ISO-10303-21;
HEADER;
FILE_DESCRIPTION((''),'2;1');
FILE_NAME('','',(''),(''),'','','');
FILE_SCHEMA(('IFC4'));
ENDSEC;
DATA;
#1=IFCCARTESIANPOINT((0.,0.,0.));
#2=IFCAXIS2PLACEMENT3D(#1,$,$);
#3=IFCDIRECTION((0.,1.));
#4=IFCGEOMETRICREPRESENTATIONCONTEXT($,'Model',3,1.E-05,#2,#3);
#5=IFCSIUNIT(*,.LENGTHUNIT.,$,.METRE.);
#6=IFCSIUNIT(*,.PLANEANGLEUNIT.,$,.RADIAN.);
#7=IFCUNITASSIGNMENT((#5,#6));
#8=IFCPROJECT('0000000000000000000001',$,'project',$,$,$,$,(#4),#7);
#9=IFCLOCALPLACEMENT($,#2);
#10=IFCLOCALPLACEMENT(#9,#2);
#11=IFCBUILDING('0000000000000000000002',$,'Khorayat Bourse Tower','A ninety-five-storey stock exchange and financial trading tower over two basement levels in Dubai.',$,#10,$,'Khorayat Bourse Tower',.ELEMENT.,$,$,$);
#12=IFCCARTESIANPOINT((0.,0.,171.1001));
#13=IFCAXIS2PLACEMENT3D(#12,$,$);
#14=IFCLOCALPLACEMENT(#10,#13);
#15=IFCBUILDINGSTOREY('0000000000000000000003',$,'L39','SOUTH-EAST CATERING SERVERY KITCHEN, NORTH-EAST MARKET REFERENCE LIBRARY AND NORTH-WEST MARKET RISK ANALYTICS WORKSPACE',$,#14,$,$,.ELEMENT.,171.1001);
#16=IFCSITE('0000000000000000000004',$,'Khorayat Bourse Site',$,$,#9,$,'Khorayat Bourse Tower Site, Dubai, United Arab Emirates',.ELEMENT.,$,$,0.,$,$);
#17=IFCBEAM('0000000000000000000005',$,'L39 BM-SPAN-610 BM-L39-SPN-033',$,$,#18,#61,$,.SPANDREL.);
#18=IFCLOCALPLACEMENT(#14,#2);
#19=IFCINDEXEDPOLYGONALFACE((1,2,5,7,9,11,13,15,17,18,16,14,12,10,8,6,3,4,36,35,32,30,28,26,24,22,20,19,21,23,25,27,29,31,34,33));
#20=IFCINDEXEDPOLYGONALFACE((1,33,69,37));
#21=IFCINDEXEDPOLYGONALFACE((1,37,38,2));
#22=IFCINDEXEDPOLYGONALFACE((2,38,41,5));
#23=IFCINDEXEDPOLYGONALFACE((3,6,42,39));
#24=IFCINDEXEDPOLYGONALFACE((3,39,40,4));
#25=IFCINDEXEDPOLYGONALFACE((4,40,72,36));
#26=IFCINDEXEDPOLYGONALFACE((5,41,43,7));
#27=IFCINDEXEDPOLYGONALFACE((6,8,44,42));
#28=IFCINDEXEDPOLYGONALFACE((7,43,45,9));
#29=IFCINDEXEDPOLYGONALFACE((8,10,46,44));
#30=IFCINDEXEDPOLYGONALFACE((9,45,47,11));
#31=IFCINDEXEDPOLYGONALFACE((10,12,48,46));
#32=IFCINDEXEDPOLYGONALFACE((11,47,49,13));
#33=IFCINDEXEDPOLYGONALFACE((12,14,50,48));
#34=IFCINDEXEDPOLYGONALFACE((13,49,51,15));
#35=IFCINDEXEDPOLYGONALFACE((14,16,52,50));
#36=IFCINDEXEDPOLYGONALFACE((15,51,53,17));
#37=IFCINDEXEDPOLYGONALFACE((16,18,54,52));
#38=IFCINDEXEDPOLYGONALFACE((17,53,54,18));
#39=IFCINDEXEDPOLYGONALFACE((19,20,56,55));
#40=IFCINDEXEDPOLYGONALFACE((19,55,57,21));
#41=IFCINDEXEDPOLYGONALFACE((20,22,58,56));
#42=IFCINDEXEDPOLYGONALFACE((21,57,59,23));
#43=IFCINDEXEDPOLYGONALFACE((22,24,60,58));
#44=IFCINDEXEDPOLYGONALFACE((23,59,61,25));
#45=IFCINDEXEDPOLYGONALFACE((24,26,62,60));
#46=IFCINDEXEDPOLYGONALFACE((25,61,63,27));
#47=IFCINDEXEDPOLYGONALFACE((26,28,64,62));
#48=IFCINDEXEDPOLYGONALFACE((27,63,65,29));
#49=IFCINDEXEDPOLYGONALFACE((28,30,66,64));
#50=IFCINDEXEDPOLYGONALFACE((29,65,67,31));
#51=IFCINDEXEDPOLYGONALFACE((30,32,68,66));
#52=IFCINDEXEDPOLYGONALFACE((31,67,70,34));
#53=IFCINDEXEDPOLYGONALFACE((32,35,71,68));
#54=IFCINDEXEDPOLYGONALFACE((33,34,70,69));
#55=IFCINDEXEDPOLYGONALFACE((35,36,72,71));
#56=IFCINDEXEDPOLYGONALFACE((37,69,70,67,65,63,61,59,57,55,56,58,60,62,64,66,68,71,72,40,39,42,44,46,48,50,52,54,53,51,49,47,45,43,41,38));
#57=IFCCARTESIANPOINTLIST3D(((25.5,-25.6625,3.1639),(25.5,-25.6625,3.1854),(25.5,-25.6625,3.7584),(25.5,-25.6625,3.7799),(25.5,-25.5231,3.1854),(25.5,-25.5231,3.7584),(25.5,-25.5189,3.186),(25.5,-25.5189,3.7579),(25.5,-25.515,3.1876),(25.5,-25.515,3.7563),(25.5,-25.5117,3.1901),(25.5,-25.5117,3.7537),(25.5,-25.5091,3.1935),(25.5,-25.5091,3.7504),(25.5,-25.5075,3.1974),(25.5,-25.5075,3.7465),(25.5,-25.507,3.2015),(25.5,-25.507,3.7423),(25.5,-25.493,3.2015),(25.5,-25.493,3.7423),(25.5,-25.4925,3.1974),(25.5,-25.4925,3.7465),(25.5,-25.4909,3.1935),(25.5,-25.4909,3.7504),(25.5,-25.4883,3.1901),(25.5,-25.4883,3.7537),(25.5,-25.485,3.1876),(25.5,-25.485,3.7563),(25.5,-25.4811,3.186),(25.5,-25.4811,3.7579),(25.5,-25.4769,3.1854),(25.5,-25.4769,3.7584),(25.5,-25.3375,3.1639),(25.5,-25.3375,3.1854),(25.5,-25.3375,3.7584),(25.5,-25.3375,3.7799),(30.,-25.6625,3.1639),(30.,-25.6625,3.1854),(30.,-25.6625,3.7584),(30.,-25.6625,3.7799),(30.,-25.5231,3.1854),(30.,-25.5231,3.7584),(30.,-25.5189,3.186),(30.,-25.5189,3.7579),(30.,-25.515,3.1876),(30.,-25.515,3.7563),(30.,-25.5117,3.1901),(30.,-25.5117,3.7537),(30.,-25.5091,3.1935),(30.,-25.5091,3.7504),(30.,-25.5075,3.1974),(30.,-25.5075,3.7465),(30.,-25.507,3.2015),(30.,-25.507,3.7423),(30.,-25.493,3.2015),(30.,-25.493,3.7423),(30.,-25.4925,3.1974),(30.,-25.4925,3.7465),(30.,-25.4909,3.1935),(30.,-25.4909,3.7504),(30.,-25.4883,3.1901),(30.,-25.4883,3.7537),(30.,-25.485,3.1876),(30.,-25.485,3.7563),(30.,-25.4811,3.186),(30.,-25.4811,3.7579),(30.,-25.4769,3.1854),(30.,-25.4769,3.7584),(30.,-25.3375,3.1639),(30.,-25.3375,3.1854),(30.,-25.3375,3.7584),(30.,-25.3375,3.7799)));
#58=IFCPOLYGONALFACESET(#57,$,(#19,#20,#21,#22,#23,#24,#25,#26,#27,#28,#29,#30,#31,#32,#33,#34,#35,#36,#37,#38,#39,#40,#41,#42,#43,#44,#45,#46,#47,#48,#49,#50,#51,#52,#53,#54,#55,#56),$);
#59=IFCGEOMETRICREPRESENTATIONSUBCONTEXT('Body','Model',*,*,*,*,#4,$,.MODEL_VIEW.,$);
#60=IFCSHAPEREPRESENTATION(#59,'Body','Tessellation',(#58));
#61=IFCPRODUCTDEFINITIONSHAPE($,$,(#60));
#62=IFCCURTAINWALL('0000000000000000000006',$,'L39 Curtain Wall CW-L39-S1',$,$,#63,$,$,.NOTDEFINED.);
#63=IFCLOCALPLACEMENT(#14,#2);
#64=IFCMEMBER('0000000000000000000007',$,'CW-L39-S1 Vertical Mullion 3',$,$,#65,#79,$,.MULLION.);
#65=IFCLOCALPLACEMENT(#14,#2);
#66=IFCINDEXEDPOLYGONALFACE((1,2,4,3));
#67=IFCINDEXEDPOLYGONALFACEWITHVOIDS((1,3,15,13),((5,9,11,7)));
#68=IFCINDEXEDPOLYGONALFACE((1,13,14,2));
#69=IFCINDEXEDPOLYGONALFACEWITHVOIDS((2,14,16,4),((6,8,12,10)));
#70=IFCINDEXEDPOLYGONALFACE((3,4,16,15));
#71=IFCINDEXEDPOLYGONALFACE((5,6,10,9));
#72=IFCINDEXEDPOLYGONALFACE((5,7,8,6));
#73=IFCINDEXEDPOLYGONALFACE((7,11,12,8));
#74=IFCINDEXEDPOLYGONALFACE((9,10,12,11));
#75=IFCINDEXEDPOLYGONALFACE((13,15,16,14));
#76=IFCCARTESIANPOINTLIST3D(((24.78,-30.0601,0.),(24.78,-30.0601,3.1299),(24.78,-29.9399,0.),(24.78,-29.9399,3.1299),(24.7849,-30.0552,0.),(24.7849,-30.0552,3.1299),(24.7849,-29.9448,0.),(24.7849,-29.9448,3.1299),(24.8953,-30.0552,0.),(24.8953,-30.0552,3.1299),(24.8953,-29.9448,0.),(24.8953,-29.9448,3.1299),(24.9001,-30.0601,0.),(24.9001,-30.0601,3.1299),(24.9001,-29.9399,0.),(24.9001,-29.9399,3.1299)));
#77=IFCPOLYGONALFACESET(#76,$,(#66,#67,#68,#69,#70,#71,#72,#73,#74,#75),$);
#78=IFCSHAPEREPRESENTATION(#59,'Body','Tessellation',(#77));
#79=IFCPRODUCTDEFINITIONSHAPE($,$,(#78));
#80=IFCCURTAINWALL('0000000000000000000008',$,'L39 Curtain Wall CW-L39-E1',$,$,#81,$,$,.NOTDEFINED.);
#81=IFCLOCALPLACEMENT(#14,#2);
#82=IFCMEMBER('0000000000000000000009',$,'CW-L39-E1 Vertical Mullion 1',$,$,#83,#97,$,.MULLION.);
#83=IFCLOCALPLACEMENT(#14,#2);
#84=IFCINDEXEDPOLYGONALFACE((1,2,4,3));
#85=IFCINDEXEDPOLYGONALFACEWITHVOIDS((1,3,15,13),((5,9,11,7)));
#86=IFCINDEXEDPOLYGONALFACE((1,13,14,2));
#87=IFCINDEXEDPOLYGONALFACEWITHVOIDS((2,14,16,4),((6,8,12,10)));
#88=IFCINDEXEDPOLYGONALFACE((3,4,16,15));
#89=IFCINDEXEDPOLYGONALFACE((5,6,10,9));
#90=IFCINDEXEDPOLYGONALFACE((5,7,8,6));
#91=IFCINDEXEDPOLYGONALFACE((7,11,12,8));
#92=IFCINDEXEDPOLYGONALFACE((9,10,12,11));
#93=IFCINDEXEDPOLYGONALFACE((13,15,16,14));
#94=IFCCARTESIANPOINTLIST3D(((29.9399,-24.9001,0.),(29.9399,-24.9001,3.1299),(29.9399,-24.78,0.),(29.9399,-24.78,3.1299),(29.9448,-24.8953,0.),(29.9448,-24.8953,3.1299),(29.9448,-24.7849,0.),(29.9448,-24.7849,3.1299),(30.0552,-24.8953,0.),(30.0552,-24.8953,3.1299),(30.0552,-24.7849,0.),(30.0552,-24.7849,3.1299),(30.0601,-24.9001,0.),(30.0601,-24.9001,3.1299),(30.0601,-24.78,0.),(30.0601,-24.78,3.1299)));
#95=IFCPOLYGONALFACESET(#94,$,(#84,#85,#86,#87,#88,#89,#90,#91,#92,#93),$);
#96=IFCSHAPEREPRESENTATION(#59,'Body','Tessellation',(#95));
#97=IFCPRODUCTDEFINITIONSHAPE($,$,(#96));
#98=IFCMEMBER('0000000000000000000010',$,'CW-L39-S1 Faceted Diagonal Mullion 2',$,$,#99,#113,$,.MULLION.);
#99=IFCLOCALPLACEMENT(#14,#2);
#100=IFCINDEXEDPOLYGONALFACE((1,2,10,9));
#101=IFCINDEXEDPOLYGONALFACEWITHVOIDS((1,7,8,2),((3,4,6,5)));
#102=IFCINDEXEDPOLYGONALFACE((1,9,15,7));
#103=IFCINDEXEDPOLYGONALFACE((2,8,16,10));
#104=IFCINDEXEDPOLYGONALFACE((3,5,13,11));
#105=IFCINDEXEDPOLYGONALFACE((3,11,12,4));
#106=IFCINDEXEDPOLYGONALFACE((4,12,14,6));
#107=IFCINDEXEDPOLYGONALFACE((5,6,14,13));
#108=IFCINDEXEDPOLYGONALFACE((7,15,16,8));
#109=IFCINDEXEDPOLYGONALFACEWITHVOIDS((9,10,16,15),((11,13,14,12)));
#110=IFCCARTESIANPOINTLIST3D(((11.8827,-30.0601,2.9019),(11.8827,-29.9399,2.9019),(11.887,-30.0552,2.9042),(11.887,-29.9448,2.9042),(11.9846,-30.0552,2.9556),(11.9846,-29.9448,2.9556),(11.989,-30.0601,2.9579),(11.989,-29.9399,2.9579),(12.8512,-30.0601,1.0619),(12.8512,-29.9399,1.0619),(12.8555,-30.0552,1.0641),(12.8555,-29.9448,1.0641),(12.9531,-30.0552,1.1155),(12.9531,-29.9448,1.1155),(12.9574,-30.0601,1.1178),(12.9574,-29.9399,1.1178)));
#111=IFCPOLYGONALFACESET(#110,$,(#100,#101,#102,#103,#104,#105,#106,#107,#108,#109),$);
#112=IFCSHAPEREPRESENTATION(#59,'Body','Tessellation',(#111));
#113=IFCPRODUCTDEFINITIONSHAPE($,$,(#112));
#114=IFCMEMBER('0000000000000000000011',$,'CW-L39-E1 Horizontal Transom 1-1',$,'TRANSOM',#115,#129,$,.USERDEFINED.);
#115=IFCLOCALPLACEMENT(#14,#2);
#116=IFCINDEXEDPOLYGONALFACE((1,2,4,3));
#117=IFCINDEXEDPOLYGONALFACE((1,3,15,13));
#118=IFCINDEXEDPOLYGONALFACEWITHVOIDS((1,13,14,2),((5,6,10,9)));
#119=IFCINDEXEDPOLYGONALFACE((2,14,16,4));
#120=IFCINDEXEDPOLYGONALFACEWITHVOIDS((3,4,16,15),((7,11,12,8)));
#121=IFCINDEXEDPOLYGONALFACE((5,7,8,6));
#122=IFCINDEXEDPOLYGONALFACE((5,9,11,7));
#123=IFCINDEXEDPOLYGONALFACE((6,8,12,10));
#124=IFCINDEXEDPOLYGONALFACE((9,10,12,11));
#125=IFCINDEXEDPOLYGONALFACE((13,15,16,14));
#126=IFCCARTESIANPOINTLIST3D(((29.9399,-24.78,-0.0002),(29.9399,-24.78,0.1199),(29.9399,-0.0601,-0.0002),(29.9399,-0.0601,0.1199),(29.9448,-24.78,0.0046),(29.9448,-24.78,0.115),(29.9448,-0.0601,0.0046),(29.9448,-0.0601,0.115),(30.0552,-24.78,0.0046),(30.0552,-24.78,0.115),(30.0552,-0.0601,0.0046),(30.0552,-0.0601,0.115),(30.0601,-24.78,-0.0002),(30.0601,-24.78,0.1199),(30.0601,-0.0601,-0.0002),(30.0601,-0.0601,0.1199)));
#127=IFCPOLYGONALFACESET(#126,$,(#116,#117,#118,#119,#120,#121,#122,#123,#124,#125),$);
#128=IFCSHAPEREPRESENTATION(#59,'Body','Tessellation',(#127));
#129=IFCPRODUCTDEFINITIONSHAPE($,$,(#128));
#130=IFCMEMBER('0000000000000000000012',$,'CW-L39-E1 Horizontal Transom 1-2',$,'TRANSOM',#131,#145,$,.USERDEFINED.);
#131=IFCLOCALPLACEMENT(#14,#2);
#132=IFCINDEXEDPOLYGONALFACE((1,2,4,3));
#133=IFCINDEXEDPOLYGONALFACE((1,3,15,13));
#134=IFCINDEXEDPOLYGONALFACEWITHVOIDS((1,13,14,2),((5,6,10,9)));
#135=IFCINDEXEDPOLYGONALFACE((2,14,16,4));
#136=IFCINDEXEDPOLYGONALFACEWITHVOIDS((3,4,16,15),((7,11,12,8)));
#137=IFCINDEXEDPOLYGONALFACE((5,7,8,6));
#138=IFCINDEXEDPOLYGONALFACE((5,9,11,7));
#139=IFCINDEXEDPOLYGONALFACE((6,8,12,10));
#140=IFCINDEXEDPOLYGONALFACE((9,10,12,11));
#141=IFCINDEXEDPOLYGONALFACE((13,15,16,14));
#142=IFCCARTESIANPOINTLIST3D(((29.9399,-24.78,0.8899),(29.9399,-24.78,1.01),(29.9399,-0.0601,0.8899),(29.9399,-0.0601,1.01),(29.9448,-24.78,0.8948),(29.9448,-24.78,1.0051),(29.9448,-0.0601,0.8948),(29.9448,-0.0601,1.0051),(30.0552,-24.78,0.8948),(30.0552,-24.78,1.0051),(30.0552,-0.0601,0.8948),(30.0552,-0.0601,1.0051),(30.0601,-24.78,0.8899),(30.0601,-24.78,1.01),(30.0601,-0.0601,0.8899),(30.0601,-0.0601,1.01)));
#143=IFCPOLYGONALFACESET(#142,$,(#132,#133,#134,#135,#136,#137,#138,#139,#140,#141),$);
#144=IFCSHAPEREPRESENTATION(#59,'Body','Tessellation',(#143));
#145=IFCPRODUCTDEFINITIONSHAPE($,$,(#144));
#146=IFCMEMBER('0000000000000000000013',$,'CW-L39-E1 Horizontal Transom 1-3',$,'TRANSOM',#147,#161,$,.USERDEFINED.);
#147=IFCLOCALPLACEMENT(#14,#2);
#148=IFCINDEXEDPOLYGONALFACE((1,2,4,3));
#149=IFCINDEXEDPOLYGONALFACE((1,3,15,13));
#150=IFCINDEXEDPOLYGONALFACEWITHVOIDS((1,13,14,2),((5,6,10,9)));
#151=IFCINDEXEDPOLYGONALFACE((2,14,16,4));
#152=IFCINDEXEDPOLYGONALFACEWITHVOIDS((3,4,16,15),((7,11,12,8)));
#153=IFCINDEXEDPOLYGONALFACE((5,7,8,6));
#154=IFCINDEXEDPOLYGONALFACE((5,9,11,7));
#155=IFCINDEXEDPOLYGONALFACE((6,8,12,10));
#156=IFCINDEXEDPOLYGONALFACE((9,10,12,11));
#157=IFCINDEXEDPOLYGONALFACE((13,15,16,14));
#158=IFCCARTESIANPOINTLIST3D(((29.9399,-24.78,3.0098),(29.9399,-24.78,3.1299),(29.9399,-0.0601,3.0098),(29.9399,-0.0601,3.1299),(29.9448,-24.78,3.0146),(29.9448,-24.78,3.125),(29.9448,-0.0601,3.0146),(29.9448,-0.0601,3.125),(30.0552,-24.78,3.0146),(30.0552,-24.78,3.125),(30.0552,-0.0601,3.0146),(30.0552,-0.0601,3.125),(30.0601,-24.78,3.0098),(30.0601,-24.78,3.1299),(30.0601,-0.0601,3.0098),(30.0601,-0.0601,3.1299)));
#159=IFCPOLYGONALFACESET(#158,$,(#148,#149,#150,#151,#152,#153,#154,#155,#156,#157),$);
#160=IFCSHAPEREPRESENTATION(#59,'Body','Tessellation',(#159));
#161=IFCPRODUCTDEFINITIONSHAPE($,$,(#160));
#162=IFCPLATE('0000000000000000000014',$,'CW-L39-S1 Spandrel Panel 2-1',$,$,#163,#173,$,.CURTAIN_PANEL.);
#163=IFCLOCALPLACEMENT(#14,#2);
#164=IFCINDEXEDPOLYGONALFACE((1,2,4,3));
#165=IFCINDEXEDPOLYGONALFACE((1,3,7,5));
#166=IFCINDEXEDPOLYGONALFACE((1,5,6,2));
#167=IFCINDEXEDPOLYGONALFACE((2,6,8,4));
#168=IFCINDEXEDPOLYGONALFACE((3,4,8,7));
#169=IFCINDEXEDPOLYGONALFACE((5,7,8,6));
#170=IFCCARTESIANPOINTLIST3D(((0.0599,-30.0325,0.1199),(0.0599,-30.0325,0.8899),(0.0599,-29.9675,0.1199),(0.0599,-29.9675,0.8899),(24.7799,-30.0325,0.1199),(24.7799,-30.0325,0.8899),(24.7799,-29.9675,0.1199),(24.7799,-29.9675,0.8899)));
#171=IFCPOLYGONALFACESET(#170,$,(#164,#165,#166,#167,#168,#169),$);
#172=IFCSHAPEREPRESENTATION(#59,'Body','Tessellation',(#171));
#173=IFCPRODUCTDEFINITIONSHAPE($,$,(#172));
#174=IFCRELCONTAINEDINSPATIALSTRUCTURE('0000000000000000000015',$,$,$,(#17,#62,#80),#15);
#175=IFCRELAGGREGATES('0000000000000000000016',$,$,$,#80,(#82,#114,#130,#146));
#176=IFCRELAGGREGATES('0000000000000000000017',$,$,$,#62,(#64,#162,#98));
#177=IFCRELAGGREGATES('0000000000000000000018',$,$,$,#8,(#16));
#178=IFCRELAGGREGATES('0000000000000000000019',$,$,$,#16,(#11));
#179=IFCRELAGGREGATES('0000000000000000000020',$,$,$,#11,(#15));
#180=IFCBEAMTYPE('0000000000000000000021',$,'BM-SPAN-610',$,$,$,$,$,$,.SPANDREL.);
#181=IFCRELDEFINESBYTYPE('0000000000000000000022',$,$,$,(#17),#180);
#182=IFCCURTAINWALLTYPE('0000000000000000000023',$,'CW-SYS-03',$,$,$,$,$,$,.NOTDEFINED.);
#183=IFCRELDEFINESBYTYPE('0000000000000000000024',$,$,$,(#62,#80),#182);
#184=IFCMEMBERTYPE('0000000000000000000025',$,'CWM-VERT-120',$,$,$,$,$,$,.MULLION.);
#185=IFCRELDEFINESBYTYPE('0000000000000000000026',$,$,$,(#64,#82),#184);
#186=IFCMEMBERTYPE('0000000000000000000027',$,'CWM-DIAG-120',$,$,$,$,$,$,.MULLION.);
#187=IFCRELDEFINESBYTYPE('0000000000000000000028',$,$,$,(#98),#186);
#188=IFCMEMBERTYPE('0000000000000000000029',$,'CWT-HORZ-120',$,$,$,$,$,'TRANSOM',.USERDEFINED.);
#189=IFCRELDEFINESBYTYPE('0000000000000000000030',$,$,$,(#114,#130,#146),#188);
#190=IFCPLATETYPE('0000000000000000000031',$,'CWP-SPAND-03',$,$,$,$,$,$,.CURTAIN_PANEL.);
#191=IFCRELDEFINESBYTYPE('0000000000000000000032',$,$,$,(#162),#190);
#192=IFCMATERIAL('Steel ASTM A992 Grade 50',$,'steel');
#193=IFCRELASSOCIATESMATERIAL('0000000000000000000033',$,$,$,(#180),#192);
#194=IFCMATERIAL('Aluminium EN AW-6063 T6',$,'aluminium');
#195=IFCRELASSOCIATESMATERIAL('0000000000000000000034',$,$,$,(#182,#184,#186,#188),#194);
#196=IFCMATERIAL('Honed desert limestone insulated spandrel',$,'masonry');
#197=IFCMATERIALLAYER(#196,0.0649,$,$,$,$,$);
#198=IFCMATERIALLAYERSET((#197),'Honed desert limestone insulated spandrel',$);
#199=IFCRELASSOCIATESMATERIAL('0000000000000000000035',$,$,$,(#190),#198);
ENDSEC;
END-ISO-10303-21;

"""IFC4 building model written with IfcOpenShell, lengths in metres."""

from ifc_helpers import new_model, si_unit, direction, frame, origin, origin_2d, place, context, subcontext, project, spatial, rectangle, hollow_rectangle, i_section, extrude, source, transform, mapped, material, layer, layer_set, material_profile, profile_set, type_object, element, aggregate, save


model = new_model("IFC4")

# Units and contexts
model_context = context("Model", 3, precision=1e-05, world=origin(), true_north=direction((0.0, 1.0)))
body_context = subcontext(model_context, "Body", "Model", "MODEL_VIEW")
ifc_project = project(units=[si_unit("LENGTHUNIT", "METRE"), si_unit("PLANEANGLEUNIT", "RADIAN")], contexts=[model_context])

# Site, building, storey
site_placement = place(None, origin())
site = spatial("IfcSite", under=ifc_project, at=site_placement, Name="Khorayat Bourse Site", LongName="Khorayat Bourse Tower Site, Dubai, United Arab Emirates", CompositionType="ELEMENT", RefElevation=0.0)
building_placement = place(site_placement, origin())
building = spatial("IfcBuilding", under=site, at=building_placement, Name="Khorayat Bourse Tower", Description="A ninety-five-storey stock exchange and financial trading tower over two basement levels in Dubai.", LongName="Khorayat Bourse Tower", CompositionType="ELEMENT")
storey_placement = place(building_placement, frame((0.0, 0.0, 171.1001)))
storey = spatial("IfcBuildingStorey", under=building, at=storey_placement, Name="L39", Description="SOUTH-EAST CATERING SERVERY KITCHEN, NORTH-EAST MARKET REFERENCE LIBRARY AND NORTH-WEST MARKET RISK ANALYTICS WORKSPACE", CompositionType="ELEMENT", Elevation=171.1001)

# Beam
ifc_material_1 = material(Name="Steel ASTM A992 Grade 50", Category="steel")
ifc_material_profile_1 = material_profile(ifc_material_1, i_section(OverallWidth=0.325, OverallDepth=0.616, WebThickness=0.0139, FlangeThickness=0.0215, FilletRadius=0.0161, at=origin_2d()), Name="W610X174")
ifc_profile_set_1 = profile_set([ifc_material_profile_1], Name="Steel ASTM A992 Grade 50")
beam_type_1 = type_object("IfcBeamType", Name="BM-SPAN-610", PredefinedType="SPANDREL", material=ifc_profile_set_1)
shared_shape_1 = source(origin(), body_context, "Body", "SweptSolid", [
    extrude(i_section(OverallWidth=0.325, OverallDepth=0.616, WebThickness=0.0139, FlangeThickness=0.0215, FilletRadius=0.0161, at=origin_2d()), origin(), (0.0, 0.0, 1.0), 4.5),
])
for number, where, z_axis, x_axis, name in (
    (1, (25.5, -25.5, 3.4719), (1.0, 0.0, 0.0), (0.0, 1.0, 0.0), "L39 BM-SPAN-610 BM-L39-SPN-033"),
):
    element("IfcBeam", number, at=place(storey_placement, frame(where, z_axis=z_axis, x_axis=x_axis)), inside=storey, type_object=beam_type_1, Name=name, PredefinedType="SPANDREL", context=body_context, shape_type="MappedRepresentation", body=[
        mapped(shared_shape_1, transform((0.0, 0.0, 0.0), scale=1.0)),
    ])

# Curtain walls, members
ifc_material_2 = material(Name="Aluminium EN AW-6063 T6", Category="aluminium")
curtain_wall_type = type_object("IfcCurtainWallType", Name="CW-SYS-03", PredefinedType="NOTDEFINED", material=ifc_material_2)
curtain_wall_1_placement = place(storey_placement, origin())
curtain_wall_1 = element("IfcCurtainWall", 2, at=curtain_wall_1_placement, inside=storey, type_object=curtain_wall_type, Name="L39 Curtain Wall CW-L39-S1", PredefinedType="NOTDEFINED")
ifc_material_profile_2 = material_profile(ifc_material_2, hollow_rectangle(XDim=0.1201, YDim=0.1201, WallThickness=0.0049, at=origin_2d()), Name="ALU 120x120x5")
ifc_profile_set_2 = profile_set([ifc_material_profile_2], Name="Aluminium EN AW-6063 T6")
member_type_1 = type_object("IfcMemberType", Name="CWM-VERT-120", PredefinedType="MULLION", material=ifc_profile_set_2)
shared_shape_2 = source(origin(), body_context, "Body", "SweptSolid", [
    extrude(hollow_rectangle(XDim=0.1201, YDim=0.1201, WallThickness=0.0049, at=origin_2d()), origin(), (0.0, 0.0, 1.0), 3.1299),
])
member_1_placement = place(storey_placement, frame((24.8401, -30.0, 0.0), z_axis=(0.0, 0.0, 1.0), x_axis=(0.0, 1.0, 0.0)))
member_1 = element("IfcMember", 3, at=member_1_placement, type_object=member_type_1, Name="CW-L39-S1 Vertical Mullion 3", PredefinedType="MULLION", context=body_context, shape_type="MappedRepresentation", body=[
    mapped(shared_shape_2, transform((0.0, 0.0, 0.0), scale=1.0)),
])
curtain_wall_2_placement = place(storey_placement, origin())
curtain_wall_2 = element("IfcCurtainWall", 4, at=curtain_wall_2_placement, inside=storey, type_object=curtain_wall_type, Name="L39 Curtain Wall CW-L39-E1", PredefinedType="NOTDEFINED")
member_2_placement = place(storey_placement, frame((30.0, -24.8401, 0.0), z_axis=(0.0, 0.0, 1.0), x_axis=(-1.0, 0.0, 0.0)))
member_2 = element("IfcMember", 5, at=member_2_placement, type_object=member_type_1, Name="CW-L39-E1 Vertical Mullion 1", PredefinedType="MULLION", context=body_context, shape_type="MappedRepresentation", body=[
    mapped(shared_shape_2, transform((0.0, 0.0, 0.0), scale=1.0)),
])

# Members
ifc_material_profile_3 = material_profile(ifc_material_2, hollow_rectangle(XDim=0.1201, YDim=0.1201, WallThickness=0.0049, at=origin_2d()), Name="ALU 120x120x5")
ifc_profile_set_3 = profile_set([ifc_material_profile_3], Name="Aluminium EN AW-6063 T6")
member_type_2 = type_object("IfcMemberType", Name="CWM-DIAG-120", PredefinedType="MULLION", material=ifc_profile_set_3)
shared_shape_3 = source(origin(), body_context, "Body", "SweptSolid", [
    extrude(hollow_rectangle(XDim=0.1201, YDim=0.1201, WallThickness=0.0049, at=origin_2d()), origin(), (0.0, 0.0, 1.0), 2.0793),
])
member_3_placement = place(storey_placement, frame((12.9043, -30.0, 1.0898), z_axis=(-0.465761, 0.0, 0.884911), x_axis=(0.0, -1.0, 0.0)))
member_3 = element("IfcMember", 6, at=member_3_placement, type_object=member_type_2, Name="CW-L39-S1 Faceted Diagonal Mullion 2", PredefinedType="MULLION", context=body_context, shape_type="MappedRepresentation", body=[
    mapped(shared_shape_3, transform((0.0, 0.0, 0.0), scale=1.0)),
])
ifc_material_profile_4 = material_profile(ifc_material_2, hollow_rectangle(XDim=0.1201, YDim=0.1201, WallThickness=0.0049, at=origin_2d()), Name="ALU 120x120x5")
ifc_profile_set_4 = profile_set([ifc_material_profile_4], Name="Aluminium EN AW-6063 T6")
member_type_3 = type_object("IfcMemberType", Name="CWT-HORZ-120", ElementType="TRANSOM", PredefinedType="USERDEFINED", material=ifc_profile_set_4)
shared_shape_4 = source(origin(), body_context, "Body", "SweptSolid", [
    extrude(hollow_rectangle(XDim=0.1201, YDim=0.1201, WallThickness=0.0049, at=origin_2d()), origin(), (0.0, 0.0, 1.0), 24.72),
])
member_4_placement = place(storey_placement, frame((30.0, -24.78, 0.0598), z_axis=(0.0, 1.0, 0.0), x_axis=(-1.0, 0.0, 0.0)))
member_4 = element("IfcMember", 7, at=member_4_placement, type_object=member_type_3, Name="CW-L39-E1 Horizontal Transom 1-1", ObjectType="TRANSOM", PredefinedType="USERDEFINED", context=body_context, shape_type="MappedRepresentation", body=[
    mapped(shared_shape_4, transform((0.0, 0.0, 0.0), scale=1.0)),
])
member_5_placement = place(storey_placement, frame((30.0, -24.78, 0.95), z_axis=(0.0, 1.0, 0.0), x_axis=(-1.0, 0.0, 0.0)))
member_5 = element("IfcMember", 8, at=member_5_placement, type_object=member_type_3, Name="CW-L39-E1 Horizontal Transom 1-2", ObjectType="TRANSOM", PredefinedType="USERDEFINED", context=body_context, shape_type="MappedRepresentation", body=[
    mapped(shared_shape_4, transform((0.0, 0.0, 0.0), scale=1.0)),
])
member_6_placement = place(storey_placement, frame((30.0, -24.78, 3.0698), z_axis=(0.0, 1.0, 0.0), x_axis=(-1.0, 0.0, 0.0)))
member_6 = element("IfcMember", 9, at=member_6_placement, type_object=member_type_3, Name="CW-L39-E1 Horizontal Transom 1-3", ObjectType="TRANSOM", PredefinedType="USERDEFINED", context=body_context, shape_type="MappedRepresentation", body=[
    mapped(shared_shape_4, transform((0.0, 0.0, 0.0), scale=1.0)),
])
aggregate(curtain_wall_2, [member_2, member_4, member_5, member_6])

# Plate
ifc_material_3 = material(Name="Honed desert limestone insulated spandrel", Category="masonry")
ifc_layer_1 = layer(ifc_material_3, 0.0649)
ifc_layer_set_1 = layer_set([ifc_layer_1], Name="Honed desert limestone insulated spandrel")
plate_type_1 = type_object("IfcPlateType", Name="CWP-SPAND-03", PredefinedType="CURTAIN_PANEL", material=ifc_layer_set_1)
shared_shape_5 = source(origin(), body_context, "Body", "SweptSolid", [
    extrude(rectangle(XDim=24.72, YDim=0.0649, at=origin_2d()), origin(), (0.0, 0.0, 1.0), 0.77),
])
plate_1_placement = place(storey_placement, frame((12.4199, -30.0, 0.1199), z_axis=(0.0, 0.0, 1.0), x_axis=(1.0, 0.0, 0.0)))
plate_1 = element("IfcPlate", 10, at=plate_1_placement, type_object=plate_type_1, Name="CW-L39-S1 Spandrel Panel 2-1", PredefinedType="CURTAIN_PANEL", context=body_context, shape_type="MappedRepresentation", body=[
    mapped(shared_shape_5, transform((0.0, 0.0, 0.0), scale=1.0)),
])
aggregate(curtain_wall_1, [member_1, plate_1, member_3])

save(model, "model.ifc")
